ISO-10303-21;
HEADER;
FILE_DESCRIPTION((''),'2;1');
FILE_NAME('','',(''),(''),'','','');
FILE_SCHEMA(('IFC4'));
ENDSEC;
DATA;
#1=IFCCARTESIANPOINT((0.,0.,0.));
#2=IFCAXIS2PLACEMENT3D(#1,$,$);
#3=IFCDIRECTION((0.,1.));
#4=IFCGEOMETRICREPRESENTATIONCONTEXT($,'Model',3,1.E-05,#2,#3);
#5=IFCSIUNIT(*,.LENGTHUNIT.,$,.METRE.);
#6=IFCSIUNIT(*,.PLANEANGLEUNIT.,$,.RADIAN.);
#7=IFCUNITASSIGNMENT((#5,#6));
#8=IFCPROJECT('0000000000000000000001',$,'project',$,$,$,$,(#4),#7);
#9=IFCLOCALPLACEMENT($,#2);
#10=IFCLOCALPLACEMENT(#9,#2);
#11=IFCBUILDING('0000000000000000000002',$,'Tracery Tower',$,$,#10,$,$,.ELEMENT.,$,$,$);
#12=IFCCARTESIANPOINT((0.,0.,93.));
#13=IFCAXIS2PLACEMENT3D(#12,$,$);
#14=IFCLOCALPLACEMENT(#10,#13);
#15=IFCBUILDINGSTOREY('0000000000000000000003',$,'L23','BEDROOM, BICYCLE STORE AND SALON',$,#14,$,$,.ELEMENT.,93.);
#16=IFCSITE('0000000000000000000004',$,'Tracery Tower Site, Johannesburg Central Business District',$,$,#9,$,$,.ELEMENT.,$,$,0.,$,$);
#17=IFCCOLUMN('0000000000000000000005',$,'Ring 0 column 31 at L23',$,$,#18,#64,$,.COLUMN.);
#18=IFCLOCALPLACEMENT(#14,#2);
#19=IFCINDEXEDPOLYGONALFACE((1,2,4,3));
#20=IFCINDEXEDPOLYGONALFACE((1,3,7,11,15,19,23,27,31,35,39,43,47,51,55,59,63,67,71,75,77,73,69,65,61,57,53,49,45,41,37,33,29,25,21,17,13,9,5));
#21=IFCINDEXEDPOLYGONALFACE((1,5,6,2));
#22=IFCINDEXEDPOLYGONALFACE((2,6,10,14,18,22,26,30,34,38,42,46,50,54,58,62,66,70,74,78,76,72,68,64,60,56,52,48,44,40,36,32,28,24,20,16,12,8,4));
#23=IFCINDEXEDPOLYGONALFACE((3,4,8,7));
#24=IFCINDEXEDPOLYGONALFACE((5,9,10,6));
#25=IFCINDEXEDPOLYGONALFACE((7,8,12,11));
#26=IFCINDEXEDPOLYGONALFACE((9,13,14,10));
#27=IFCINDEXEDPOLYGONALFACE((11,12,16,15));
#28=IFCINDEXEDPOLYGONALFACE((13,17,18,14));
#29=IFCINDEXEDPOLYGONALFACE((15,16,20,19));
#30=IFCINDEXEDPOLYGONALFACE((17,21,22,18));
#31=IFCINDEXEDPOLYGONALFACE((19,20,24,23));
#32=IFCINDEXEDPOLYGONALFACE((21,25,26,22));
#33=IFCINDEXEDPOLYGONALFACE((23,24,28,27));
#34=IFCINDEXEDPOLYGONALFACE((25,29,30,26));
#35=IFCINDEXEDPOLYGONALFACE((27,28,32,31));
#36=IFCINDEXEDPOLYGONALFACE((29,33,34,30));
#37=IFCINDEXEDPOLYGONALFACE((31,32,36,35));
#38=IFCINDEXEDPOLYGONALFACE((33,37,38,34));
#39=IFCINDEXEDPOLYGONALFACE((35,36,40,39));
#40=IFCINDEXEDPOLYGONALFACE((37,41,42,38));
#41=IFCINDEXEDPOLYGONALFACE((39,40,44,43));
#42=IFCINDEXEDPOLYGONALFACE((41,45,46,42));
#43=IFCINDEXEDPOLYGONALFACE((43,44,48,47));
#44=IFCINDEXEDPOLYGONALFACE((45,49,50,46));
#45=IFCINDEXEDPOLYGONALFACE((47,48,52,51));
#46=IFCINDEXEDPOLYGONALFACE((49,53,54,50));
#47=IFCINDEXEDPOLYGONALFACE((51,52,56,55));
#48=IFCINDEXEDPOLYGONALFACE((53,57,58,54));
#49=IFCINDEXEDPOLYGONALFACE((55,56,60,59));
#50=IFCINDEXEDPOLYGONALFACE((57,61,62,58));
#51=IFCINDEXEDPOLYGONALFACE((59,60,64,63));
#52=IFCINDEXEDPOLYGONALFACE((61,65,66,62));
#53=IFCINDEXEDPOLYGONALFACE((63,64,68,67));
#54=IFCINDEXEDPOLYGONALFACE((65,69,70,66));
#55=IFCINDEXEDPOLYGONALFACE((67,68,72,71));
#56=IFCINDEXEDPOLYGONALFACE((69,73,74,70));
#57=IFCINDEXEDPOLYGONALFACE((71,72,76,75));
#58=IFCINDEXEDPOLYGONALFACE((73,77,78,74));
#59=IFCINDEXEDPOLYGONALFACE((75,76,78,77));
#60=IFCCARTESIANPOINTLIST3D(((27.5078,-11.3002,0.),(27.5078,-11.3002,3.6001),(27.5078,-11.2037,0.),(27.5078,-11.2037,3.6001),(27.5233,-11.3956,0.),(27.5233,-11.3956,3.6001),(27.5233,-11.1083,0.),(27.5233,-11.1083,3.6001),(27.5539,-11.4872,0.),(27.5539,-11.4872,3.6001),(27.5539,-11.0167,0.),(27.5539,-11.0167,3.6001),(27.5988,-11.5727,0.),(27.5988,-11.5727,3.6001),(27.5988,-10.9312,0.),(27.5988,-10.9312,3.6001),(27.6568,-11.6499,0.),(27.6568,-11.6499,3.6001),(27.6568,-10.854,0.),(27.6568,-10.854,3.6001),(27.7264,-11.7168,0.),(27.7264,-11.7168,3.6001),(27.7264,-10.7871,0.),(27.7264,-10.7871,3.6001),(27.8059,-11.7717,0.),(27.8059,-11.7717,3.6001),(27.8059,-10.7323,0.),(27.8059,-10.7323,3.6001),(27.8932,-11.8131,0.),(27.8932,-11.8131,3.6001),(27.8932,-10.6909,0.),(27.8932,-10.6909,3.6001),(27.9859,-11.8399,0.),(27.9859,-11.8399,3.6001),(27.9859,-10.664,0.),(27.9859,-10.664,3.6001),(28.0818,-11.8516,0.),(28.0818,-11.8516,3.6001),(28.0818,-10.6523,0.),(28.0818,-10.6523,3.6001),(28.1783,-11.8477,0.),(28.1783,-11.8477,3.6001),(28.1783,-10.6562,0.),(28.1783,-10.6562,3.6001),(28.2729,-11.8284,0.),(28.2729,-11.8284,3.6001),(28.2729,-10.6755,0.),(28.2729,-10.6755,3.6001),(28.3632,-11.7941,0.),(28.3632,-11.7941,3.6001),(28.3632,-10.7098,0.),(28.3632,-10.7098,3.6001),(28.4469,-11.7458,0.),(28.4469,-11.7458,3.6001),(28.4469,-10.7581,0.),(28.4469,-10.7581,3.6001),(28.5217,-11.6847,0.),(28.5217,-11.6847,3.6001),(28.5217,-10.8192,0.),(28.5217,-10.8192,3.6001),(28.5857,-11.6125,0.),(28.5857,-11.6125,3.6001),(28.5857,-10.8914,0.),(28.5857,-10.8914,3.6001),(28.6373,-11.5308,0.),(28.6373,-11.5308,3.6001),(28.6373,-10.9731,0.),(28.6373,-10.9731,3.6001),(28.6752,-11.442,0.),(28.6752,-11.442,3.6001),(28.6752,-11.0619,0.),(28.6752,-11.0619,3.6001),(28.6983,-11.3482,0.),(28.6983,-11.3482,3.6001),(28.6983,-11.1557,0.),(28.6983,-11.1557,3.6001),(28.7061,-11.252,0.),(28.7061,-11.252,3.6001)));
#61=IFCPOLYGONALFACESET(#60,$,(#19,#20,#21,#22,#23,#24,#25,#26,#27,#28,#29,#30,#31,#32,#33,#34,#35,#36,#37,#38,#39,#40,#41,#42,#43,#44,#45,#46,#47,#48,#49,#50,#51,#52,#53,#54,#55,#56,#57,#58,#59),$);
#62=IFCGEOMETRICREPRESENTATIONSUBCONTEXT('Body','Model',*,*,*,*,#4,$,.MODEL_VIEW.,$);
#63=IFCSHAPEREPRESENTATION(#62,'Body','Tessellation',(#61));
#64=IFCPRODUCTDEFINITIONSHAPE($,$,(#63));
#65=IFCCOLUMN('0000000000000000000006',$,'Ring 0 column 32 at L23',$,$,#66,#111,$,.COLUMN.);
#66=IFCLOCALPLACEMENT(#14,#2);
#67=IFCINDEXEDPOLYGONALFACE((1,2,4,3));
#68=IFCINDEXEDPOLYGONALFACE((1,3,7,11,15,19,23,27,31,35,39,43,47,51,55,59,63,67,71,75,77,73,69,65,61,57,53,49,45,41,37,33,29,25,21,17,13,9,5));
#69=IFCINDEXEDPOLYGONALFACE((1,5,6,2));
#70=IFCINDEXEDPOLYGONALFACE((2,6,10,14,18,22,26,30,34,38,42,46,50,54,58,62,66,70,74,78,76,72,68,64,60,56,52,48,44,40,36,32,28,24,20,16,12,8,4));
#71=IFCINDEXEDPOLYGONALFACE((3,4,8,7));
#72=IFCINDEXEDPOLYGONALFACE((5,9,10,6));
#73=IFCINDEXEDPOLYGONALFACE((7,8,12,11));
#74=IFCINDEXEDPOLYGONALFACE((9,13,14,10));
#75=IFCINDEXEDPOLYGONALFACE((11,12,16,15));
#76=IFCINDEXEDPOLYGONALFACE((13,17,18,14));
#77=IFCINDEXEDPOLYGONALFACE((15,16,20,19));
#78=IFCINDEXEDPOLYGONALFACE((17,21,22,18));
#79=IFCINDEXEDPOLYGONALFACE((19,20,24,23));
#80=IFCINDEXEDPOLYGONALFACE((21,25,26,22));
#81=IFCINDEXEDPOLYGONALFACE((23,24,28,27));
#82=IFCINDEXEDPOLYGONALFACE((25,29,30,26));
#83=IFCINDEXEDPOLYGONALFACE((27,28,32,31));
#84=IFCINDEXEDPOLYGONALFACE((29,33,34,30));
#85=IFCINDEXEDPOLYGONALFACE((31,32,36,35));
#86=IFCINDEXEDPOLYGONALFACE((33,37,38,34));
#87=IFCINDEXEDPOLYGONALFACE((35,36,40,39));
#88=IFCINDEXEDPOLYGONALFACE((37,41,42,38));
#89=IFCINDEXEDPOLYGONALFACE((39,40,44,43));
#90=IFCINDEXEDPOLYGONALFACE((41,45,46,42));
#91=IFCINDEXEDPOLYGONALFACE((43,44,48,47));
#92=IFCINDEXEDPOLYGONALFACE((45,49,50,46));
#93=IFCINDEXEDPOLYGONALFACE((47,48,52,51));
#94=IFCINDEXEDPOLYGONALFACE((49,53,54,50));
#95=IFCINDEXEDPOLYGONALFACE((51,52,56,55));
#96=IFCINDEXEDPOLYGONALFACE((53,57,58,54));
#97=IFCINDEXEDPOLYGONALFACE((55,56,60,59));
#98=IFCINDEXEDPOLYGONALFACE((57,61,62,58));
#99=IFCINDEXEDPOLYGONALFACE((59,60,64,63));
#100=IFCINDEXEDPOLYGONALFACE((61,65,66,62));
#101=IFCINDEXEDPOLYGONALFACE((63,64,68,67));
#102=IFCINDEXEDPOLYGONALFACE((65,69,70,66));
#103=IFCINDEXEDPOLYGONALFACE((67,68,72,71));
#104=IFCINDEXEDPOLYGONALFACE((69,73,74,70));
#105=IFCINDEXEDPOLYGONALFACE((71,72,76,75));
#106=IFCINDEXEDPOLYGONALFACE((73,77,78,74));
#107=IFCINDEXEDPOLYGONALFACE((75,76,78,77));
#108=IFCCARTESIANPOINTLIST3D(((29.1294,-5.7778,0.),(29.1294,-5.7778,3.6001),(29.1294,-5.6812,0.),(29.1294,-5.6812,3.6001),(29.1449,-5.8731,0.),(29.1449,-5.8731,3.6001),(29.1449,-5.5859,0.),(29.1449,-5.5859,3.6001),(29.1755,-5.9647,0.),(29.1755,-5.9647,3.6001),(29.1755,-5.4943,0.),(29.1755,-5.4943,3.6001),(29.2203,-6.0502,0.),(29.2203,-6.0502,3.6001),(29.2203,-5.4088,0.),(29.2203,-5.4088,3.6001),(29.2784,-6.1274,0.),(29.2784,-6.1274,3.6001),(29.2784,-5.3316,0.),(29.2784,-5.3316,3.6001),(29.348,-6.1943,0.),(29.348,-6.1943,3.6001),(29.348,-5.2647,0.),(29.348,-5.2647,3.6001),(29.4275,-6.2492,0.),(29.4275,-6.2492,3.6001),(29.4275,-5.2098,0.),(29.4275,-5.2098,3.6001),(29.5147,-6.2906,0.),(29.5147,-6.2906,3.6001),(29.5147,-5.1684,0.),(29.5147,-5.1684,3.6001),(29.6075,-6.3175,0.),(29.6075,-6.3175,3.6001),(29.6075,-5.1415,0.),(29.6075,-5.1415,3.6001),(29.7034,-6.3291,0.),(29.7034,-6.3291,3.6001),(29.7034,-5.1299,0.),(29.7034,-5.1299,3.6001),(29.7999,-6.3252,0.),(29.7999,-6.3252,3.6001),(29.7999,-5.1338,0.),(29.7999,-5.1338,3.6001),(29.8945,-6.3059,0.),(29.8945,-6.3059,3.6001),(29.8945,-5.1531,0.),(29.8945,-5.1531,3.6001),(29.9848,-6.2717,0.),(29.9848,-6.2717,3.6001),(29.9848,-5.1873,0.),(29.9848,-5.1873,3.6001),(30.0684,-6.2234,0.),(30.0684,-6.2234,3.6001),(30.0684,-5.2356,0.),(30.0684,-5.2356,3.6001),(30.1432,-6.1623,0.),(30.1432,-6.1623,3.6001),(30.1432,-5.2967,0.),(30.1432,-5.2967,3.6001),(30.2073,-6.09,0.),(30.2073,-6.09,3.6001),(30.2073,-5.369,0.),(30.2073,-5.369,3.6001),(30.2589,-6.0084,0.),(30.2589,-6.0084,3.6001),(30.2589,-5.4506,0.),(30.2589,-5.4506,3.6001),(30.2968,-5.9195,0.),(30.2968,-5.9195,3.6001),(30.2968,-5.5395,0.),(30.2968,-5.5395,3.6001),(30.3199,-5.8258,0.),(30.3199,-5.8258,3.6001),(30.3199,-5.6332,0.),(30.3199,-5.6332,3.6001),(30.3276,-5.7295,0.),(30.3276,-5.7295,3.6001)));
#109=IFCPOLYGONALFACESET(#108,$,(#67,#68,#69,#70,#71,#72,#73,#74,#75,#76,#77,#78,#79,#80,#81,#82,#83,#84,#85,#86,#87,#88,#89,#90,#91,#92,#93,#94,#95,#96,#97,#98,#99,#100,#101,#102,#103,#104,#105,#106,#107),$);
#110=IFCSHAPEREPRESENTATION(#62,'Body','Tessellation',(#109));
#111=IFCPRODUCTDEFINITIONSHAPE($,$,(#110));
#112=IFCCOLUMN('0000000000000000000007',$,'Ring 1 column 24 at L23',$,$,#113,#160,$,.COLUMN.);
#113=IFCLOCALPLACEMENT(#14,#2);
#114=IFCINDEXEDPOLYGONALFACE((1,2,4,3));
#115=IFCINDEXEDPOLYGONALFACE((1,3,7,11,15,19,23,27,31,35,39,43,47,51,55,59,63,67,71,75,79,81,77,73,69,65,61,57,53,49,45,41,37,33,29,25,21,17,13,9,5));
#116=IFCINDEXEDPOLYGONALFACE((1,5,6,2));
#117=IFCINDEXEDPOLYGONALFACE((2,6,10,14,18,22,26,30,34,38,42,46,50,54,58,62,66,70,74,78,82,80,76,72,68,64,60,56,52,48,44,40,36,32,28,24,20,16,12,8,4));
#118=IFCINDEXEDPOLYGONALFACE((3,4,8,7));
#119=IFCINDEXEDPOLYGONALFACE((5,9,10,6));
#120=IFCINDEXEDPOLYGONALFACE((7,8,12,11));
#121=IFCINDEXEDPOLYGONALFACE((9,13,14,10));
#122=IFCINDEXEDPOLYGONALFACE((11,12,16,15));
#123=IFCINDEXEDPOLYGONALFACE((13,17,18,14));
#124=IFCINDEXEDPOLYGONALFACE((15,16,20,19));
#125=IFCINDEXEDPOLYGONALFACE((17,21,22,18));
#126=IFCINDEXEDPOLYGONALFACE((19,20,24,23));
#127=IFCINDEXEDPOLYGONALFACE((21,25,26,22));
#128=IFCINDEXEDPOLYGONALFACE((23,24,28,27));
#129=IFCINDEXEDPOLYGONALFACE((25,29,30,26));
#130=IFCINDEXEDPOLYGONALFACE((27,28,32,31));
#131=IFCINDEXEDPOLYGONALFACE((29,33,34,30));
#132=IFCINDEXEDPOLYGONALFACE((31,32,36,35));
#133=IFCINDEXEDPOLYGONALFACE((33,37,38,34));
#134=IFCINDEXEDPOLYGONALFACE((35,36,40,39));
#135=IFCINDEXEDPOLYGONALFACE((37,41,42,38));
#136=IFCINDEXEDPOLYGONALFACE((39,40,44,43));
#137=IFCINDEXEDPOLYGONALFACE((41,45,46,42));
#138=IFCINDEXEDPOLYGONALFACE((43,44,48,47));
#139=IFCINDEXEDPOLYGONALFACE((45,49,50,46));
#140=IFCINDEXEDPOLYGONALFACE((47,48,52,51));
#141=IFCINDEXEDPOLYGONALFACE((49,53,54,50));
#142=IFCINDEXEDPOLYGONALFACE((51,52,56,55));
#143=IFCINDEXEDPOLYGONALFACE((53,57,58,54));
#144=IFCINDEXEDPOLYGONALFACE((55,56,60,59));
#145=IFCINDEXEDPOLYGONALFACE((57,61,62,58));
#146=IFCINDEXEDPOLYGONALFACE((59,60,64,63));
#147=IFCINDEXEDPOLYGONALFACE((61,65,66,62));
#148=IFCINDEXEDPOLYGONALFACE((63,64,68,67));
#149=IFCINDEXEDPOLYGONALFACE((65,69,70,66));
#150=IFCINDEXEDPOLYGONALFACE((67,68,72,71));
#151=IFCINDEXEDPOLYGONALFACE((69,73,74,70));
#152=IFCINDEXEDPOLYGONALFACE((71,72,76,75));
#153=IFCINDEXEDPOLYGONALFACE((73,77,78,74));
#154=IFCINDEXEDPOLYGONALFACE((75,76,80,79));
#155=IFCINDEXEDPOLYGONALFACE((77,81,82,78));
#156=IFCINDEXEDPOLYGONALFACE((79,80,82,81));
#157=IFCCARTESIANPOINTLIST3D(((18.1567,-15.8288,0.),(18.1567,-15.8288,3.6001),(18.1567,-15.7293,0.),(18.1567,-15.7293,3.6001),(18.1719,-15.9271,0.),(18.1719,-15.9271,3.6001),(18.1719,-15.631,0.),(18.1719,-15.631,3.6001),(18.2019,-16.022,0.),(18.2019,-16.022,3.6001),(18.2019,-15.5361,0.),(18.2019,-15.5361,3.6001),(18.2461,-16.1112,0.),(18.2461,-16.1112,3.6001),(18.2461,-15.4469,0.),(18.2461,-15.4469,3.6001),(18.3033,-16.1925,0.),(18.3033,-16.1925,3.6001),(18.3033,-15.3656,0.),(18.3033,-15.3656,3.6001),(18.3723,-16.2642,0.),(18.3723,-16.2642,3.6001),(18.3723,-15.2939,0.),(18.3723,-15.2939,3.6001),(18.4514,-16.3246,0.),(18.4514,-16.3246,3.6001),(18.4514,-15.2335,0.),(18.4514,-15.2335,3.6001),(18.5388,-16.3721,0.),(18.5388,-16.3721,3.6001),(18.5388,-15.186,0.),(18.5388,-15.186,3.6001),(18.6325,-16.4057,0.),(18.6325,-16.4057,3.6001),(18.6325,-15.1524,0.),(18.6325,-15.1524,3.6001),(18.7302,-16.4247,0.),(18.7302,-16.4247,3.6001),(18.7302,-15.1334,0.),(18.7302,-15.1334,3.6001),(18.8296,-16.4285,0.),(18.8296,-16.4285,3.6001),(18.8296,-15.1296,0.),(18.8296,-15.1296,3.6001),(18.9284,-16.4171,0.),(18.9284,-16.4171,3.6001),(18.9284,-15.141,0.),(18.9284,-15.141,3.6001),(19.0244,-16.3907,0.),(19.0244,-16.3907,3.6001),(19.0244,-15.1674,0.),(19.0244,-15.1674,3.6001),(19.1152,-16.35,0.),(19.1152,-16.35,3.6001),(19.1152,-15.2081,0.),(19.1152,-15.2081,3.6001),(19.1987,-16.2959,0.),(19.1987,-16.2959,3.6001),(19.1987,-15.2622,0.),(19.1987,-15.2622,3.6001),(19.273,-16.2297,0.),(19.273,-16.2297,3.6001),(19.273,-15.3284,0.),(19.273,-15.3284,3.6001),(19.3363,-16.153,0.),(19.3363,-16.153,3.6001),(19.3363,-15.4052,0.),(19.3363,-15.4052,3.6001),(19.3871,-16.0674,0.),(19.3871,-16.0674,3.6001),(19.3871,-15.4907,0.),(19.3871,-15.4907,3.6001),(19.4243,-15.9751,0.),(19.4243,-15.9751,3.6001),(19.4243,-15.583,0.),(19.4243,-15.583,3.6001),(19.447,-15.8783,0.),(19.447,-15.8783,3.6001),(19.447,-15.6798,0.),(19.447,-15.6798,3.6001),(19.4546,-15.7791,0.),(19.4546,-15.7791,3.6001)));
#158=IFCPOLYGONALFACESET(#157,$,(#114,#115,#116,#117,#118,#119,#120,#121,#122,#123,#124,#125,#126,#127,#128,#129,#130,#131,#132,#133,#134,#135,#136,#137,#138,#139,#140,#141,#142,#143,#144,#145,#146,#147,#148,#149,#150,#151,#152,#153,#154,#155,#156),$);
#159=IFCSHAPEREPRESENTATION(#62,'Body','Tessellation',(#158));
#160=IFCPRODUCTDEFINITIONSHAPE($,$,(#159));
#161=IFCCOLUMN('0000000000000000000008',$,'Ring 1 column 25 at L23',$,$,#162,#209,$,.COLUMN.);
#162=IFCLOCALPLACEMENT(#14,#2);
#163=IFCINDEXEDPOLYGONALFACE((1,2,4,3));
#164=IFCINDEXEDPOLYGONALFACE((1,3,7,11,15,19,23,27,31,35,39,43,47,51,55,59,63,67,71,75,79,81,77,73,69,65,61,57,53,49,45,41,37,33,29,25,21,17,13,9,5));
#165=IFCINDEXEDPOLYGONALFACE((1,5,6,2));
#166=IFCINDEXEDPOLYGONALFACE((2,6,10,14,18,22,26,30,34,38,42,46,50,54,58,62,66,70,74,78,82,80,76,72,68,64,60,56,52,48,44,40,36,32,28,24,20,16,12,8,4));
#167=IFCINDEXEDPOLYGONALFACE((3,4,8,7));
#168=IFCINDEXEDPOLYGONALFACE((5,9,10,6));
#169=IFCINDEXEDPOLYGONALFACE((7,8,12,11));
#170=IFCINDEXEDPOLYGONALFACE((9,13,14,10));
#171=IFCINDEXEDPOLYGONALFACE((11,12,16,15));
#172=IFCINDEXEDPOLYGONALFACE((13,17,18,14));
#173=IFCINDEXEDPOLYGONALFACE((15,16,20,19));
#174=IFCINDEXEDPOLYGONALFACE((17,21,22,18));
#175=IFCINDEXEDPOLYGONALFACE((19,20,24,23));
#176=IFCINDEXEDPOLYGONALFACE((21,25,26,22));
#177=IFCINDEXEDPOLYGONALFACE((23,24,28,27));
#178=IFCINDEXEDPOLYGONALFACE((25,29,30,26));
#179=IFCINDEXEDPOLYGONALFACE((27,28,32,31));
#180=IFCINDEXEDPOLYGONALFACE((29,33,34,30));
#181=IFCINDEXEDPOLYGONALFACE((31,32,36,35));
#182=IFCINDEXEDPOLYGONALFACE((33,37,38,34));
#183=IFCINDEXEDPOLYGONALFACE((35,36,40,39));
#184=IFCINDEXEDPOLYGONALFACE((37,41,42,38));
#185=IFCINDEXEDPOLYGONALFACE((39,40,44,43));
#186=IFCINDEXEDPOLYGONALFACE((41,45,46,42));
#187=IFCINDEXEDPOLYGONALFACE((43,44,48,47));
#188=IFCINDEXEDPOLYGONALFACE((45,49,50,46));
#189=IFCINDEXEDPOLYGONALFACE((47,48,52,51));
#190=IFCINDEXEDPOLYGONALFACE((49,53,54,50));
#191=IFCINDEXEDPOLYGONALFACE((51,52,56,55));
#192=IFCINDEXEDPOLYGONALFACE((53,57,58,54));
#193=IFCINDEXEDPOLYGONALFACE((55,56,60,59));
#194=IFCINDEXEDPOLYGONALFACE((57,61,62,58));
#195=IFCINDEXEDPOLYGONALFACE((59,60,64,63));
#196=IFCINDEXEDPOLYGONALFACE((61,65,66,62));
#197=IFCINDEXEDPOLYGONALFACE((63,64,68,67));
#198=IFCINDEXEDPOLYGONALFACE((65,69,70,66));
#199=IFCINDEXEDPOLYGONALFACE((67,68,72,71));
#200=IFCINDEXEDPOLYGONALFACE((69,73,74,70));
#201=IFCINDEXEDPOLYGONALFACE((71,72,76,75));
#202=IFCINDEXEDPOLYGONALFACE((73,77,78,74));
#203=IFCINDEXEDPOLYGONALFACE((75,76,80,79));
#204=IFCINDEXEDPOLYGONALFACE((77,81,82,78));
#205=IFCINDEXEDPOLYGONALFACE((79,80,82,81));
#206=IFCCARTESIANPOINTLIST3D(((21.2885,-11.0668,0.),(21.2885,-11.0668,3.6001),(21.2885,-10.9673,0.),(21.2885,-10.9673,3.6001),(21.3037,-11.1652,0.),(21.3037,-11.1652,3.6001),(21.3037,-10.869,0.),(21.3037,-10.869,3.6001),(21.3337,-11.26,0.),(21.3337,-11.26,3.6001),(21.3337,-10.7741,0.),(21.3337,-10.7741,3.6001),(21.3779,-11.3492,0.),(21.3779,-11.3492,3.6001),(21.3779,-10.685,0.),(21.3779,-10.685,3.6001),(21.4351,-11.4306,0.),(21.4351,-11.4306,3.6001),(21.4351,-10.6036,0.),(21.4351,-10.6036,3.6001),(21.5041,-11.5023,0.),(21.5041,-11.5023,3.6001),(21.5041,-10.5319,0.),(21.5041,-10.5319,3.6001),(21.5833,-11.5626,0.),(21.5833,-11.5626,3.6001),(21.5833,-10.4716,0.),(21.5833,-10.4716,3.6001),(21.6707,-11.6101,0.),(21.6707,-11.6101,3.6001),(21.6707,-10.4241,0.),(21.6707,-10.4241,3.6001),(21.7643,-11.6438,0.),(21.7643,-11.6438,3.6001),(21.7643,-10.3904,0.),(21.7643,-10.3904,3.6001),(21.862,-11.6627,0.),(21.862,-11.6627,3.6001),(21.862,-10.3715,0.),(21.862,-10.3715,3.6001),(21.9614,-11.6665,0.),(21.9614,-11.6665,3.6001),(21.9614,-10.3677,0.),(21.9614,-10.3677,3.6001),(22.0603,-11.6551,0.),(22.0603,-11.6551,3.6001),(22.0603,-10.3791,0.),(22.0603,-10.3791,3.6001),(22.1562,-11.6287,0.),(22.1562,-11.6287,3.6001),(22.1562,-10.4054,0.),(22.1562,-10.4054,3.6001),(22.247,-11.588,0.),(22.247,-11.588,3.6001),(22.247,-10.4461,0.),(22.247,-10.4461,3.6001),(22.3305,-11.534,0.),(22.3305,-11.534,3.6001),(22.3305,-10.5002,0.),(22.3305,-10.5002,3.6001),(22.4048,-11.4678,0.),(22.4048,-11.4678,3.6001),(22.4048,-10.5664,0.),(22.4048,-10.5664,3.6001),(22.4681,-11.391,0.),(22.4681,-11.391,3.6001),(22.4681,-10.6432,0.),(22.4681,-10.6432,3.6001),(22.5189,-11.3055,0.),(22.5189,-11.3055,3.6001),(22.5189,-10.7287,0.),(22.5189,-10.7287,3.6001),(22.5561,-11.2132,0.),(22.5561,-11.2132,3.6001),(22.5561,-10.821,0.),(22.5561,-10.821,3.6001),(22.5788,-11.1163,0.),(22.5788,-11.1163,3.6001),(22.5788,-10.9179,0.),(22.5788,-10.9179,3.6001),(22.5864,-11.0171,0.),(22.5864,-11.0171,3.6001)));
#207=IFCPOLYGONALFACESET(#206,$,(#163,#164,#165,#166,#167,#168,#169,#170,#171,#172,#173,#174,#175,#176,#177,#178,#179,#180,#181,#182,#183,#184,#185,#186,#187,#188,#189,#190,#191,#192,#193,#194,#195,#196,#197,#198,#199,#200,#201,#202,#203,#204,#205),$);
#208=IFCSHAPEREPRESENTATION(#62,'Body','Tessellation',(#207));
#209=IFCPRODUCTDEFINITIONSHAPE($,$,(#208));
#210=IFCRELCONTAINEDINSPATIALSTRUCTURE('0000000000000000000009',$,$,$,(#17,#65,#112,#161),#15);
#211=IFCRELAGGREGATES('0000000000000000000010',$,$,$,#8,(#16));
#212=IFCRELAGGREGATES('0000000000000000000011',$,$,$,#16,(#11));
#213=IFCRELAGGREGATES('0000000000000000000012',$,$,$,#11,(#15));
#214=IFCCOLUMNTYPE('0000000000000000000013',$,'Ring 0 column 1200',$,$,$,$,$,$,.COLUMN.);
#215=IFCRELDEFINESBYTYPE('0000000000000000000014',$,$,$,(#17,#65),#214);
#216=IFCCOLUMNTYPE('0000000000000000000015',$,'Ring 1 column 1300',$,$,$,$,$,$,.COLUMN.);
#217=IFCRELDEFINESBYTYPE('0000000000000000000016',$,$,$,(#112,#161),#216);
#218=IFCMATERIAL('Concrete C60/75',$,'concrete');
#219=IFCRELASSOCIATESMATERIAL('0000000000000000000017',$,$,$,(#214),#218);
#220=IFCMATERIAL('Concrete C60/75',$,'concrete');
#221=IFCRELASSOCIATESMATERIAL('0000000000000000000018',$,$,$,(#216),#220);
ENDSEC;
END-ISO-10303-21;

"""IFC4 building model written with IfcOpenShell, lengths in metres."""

from ifc_helpers import new_model, si_unit, direction, frame, origin, origin_2d, place, context, subcontext, project, spatial, circle, extrude, material, material_profile, profile_set, type_object, element, save


model = new_model("IFC4")

# Units and contexts
model_context = context("Model", 3, precision=1e-05, world=origin(), true_north=direction((0.0, 1.0)))
body_context = subcontext(model_context, "Body", "Model", "MODEL_VIEW")
ifc_project = project(units=[si_unit("LENGTHUNIT", "METRE"), si_unit("PLANEANGLEUNIT", "RADIAN")], contexts=[model_context])

# Site, building, storey
site_placement = place(None, origin())
site = spatial("IfcSite", under=ifc_project, at=site_placement, Name="Tracery Tower Site, Johannesburg Central Business District", CompositionType="ELEMENT", RefElevation=0.0)
building_placement = place(site_placement, origin())
building = spatial("IfcBuilding", under=site, at=building_placement, Name="Tracery Tower", CompositionType="ELEMENT")
storey_placement = place(building_placement, frame((0.0, 0.0, 93.0)))
storey = spatial("IfcBuildingStorey", under=building, at=storey_placement, Name="L23", Description="BEDROOM, BICYCLE STORE AND SALON", CompositionType="ELEMENT", Elevation=93.0)

# Columns
ifc_material_1 = material(Name="Concrete C60/75", Category="concrete")
ifc_material_profile_1 = material_profile(ifc_material_1, circle(Radius=0.6001, at=origin_2d()), Name="RC D1200")
ifc_profile_set_1 = profile_set([ifc_material_profile_1], Name="Concrete C60/75")
column_type_1 = type_object("IfcColumnType", Name="Ring 0 column 1200", PredefinedType="COLUMN", material=ifc_profile_set_1)
for number, where, z_axis, x_axis, name in (
    (1, (28.106, -11.252, 0.0), (0.0, 0.0, 1.0), (1.0, 0.0, 0.0), "Ring 0 column 31 at L23"),
    (2, (29.7275, -5.7295, 0.0), (0.0, 0.0, 1.0), (1.0, 0.0, 0.0), "Ring 0 column 32 at L23"),
):
    element("IfcColumn", number, at=place(storey_placement, frame(where, z_axis=z_axis, x_axis=x_axis)), inside=storey, type_object=column_type_1, Name=name, PredefinedType="COLUMN", context=body_context, shape_type="SweptSolid", body=[
        extrude(circle(Radius=0.6001, at=origin_2d()), origin(), (0.0, 0.0, 1.0), 3.6001),
    ])
ifc_material_2 = material(Name="Concrete C60/75", Category="concrete")
ifc_material_profile_2 = material_profile(ifc_material_2, circle(Radius=0.6499, at=origin_2d()), Name="RC D1300")
ifc_profile_set_2 = profile_set([ifc_material_profile_2], Name="Concrete C60/75")
column_type_2 = type_object("IfcColumnType", Name="Ring 1 column 1300", PredefinedType="COLUMN", material=ifc_profile_set_2)
for number, where, z_axis, x_axis, name in (
    (3, (18.8047, -15.7791, 0.0), (0.0, 0.0, 1.0), (1.0, 0.0, 0.0), "Ring 1 column 24 at L23"),
    (4, (21.9365, -11.0171, 0.0), (0.0, 0.0, 1.0), (1.0, 0.0, 0.0), "Ring 1 column 25 at L23"),
):
    element("IfcColumn", number, at=place(storey_placement, frame(where, z_axis=z_axis, x_axis=x_axis)), inside=storey, type_object=column_type_2, Name=name, PredefinedType="COLUMN", context=body_context, shape_type="SweptSolid", body=[
        extrude(circle(Radius=0.6499, at=origin_2d()), origin(), (0.0, 0.0, 1.0), 3.6001),
    ])

save(model, "model.ifc")
